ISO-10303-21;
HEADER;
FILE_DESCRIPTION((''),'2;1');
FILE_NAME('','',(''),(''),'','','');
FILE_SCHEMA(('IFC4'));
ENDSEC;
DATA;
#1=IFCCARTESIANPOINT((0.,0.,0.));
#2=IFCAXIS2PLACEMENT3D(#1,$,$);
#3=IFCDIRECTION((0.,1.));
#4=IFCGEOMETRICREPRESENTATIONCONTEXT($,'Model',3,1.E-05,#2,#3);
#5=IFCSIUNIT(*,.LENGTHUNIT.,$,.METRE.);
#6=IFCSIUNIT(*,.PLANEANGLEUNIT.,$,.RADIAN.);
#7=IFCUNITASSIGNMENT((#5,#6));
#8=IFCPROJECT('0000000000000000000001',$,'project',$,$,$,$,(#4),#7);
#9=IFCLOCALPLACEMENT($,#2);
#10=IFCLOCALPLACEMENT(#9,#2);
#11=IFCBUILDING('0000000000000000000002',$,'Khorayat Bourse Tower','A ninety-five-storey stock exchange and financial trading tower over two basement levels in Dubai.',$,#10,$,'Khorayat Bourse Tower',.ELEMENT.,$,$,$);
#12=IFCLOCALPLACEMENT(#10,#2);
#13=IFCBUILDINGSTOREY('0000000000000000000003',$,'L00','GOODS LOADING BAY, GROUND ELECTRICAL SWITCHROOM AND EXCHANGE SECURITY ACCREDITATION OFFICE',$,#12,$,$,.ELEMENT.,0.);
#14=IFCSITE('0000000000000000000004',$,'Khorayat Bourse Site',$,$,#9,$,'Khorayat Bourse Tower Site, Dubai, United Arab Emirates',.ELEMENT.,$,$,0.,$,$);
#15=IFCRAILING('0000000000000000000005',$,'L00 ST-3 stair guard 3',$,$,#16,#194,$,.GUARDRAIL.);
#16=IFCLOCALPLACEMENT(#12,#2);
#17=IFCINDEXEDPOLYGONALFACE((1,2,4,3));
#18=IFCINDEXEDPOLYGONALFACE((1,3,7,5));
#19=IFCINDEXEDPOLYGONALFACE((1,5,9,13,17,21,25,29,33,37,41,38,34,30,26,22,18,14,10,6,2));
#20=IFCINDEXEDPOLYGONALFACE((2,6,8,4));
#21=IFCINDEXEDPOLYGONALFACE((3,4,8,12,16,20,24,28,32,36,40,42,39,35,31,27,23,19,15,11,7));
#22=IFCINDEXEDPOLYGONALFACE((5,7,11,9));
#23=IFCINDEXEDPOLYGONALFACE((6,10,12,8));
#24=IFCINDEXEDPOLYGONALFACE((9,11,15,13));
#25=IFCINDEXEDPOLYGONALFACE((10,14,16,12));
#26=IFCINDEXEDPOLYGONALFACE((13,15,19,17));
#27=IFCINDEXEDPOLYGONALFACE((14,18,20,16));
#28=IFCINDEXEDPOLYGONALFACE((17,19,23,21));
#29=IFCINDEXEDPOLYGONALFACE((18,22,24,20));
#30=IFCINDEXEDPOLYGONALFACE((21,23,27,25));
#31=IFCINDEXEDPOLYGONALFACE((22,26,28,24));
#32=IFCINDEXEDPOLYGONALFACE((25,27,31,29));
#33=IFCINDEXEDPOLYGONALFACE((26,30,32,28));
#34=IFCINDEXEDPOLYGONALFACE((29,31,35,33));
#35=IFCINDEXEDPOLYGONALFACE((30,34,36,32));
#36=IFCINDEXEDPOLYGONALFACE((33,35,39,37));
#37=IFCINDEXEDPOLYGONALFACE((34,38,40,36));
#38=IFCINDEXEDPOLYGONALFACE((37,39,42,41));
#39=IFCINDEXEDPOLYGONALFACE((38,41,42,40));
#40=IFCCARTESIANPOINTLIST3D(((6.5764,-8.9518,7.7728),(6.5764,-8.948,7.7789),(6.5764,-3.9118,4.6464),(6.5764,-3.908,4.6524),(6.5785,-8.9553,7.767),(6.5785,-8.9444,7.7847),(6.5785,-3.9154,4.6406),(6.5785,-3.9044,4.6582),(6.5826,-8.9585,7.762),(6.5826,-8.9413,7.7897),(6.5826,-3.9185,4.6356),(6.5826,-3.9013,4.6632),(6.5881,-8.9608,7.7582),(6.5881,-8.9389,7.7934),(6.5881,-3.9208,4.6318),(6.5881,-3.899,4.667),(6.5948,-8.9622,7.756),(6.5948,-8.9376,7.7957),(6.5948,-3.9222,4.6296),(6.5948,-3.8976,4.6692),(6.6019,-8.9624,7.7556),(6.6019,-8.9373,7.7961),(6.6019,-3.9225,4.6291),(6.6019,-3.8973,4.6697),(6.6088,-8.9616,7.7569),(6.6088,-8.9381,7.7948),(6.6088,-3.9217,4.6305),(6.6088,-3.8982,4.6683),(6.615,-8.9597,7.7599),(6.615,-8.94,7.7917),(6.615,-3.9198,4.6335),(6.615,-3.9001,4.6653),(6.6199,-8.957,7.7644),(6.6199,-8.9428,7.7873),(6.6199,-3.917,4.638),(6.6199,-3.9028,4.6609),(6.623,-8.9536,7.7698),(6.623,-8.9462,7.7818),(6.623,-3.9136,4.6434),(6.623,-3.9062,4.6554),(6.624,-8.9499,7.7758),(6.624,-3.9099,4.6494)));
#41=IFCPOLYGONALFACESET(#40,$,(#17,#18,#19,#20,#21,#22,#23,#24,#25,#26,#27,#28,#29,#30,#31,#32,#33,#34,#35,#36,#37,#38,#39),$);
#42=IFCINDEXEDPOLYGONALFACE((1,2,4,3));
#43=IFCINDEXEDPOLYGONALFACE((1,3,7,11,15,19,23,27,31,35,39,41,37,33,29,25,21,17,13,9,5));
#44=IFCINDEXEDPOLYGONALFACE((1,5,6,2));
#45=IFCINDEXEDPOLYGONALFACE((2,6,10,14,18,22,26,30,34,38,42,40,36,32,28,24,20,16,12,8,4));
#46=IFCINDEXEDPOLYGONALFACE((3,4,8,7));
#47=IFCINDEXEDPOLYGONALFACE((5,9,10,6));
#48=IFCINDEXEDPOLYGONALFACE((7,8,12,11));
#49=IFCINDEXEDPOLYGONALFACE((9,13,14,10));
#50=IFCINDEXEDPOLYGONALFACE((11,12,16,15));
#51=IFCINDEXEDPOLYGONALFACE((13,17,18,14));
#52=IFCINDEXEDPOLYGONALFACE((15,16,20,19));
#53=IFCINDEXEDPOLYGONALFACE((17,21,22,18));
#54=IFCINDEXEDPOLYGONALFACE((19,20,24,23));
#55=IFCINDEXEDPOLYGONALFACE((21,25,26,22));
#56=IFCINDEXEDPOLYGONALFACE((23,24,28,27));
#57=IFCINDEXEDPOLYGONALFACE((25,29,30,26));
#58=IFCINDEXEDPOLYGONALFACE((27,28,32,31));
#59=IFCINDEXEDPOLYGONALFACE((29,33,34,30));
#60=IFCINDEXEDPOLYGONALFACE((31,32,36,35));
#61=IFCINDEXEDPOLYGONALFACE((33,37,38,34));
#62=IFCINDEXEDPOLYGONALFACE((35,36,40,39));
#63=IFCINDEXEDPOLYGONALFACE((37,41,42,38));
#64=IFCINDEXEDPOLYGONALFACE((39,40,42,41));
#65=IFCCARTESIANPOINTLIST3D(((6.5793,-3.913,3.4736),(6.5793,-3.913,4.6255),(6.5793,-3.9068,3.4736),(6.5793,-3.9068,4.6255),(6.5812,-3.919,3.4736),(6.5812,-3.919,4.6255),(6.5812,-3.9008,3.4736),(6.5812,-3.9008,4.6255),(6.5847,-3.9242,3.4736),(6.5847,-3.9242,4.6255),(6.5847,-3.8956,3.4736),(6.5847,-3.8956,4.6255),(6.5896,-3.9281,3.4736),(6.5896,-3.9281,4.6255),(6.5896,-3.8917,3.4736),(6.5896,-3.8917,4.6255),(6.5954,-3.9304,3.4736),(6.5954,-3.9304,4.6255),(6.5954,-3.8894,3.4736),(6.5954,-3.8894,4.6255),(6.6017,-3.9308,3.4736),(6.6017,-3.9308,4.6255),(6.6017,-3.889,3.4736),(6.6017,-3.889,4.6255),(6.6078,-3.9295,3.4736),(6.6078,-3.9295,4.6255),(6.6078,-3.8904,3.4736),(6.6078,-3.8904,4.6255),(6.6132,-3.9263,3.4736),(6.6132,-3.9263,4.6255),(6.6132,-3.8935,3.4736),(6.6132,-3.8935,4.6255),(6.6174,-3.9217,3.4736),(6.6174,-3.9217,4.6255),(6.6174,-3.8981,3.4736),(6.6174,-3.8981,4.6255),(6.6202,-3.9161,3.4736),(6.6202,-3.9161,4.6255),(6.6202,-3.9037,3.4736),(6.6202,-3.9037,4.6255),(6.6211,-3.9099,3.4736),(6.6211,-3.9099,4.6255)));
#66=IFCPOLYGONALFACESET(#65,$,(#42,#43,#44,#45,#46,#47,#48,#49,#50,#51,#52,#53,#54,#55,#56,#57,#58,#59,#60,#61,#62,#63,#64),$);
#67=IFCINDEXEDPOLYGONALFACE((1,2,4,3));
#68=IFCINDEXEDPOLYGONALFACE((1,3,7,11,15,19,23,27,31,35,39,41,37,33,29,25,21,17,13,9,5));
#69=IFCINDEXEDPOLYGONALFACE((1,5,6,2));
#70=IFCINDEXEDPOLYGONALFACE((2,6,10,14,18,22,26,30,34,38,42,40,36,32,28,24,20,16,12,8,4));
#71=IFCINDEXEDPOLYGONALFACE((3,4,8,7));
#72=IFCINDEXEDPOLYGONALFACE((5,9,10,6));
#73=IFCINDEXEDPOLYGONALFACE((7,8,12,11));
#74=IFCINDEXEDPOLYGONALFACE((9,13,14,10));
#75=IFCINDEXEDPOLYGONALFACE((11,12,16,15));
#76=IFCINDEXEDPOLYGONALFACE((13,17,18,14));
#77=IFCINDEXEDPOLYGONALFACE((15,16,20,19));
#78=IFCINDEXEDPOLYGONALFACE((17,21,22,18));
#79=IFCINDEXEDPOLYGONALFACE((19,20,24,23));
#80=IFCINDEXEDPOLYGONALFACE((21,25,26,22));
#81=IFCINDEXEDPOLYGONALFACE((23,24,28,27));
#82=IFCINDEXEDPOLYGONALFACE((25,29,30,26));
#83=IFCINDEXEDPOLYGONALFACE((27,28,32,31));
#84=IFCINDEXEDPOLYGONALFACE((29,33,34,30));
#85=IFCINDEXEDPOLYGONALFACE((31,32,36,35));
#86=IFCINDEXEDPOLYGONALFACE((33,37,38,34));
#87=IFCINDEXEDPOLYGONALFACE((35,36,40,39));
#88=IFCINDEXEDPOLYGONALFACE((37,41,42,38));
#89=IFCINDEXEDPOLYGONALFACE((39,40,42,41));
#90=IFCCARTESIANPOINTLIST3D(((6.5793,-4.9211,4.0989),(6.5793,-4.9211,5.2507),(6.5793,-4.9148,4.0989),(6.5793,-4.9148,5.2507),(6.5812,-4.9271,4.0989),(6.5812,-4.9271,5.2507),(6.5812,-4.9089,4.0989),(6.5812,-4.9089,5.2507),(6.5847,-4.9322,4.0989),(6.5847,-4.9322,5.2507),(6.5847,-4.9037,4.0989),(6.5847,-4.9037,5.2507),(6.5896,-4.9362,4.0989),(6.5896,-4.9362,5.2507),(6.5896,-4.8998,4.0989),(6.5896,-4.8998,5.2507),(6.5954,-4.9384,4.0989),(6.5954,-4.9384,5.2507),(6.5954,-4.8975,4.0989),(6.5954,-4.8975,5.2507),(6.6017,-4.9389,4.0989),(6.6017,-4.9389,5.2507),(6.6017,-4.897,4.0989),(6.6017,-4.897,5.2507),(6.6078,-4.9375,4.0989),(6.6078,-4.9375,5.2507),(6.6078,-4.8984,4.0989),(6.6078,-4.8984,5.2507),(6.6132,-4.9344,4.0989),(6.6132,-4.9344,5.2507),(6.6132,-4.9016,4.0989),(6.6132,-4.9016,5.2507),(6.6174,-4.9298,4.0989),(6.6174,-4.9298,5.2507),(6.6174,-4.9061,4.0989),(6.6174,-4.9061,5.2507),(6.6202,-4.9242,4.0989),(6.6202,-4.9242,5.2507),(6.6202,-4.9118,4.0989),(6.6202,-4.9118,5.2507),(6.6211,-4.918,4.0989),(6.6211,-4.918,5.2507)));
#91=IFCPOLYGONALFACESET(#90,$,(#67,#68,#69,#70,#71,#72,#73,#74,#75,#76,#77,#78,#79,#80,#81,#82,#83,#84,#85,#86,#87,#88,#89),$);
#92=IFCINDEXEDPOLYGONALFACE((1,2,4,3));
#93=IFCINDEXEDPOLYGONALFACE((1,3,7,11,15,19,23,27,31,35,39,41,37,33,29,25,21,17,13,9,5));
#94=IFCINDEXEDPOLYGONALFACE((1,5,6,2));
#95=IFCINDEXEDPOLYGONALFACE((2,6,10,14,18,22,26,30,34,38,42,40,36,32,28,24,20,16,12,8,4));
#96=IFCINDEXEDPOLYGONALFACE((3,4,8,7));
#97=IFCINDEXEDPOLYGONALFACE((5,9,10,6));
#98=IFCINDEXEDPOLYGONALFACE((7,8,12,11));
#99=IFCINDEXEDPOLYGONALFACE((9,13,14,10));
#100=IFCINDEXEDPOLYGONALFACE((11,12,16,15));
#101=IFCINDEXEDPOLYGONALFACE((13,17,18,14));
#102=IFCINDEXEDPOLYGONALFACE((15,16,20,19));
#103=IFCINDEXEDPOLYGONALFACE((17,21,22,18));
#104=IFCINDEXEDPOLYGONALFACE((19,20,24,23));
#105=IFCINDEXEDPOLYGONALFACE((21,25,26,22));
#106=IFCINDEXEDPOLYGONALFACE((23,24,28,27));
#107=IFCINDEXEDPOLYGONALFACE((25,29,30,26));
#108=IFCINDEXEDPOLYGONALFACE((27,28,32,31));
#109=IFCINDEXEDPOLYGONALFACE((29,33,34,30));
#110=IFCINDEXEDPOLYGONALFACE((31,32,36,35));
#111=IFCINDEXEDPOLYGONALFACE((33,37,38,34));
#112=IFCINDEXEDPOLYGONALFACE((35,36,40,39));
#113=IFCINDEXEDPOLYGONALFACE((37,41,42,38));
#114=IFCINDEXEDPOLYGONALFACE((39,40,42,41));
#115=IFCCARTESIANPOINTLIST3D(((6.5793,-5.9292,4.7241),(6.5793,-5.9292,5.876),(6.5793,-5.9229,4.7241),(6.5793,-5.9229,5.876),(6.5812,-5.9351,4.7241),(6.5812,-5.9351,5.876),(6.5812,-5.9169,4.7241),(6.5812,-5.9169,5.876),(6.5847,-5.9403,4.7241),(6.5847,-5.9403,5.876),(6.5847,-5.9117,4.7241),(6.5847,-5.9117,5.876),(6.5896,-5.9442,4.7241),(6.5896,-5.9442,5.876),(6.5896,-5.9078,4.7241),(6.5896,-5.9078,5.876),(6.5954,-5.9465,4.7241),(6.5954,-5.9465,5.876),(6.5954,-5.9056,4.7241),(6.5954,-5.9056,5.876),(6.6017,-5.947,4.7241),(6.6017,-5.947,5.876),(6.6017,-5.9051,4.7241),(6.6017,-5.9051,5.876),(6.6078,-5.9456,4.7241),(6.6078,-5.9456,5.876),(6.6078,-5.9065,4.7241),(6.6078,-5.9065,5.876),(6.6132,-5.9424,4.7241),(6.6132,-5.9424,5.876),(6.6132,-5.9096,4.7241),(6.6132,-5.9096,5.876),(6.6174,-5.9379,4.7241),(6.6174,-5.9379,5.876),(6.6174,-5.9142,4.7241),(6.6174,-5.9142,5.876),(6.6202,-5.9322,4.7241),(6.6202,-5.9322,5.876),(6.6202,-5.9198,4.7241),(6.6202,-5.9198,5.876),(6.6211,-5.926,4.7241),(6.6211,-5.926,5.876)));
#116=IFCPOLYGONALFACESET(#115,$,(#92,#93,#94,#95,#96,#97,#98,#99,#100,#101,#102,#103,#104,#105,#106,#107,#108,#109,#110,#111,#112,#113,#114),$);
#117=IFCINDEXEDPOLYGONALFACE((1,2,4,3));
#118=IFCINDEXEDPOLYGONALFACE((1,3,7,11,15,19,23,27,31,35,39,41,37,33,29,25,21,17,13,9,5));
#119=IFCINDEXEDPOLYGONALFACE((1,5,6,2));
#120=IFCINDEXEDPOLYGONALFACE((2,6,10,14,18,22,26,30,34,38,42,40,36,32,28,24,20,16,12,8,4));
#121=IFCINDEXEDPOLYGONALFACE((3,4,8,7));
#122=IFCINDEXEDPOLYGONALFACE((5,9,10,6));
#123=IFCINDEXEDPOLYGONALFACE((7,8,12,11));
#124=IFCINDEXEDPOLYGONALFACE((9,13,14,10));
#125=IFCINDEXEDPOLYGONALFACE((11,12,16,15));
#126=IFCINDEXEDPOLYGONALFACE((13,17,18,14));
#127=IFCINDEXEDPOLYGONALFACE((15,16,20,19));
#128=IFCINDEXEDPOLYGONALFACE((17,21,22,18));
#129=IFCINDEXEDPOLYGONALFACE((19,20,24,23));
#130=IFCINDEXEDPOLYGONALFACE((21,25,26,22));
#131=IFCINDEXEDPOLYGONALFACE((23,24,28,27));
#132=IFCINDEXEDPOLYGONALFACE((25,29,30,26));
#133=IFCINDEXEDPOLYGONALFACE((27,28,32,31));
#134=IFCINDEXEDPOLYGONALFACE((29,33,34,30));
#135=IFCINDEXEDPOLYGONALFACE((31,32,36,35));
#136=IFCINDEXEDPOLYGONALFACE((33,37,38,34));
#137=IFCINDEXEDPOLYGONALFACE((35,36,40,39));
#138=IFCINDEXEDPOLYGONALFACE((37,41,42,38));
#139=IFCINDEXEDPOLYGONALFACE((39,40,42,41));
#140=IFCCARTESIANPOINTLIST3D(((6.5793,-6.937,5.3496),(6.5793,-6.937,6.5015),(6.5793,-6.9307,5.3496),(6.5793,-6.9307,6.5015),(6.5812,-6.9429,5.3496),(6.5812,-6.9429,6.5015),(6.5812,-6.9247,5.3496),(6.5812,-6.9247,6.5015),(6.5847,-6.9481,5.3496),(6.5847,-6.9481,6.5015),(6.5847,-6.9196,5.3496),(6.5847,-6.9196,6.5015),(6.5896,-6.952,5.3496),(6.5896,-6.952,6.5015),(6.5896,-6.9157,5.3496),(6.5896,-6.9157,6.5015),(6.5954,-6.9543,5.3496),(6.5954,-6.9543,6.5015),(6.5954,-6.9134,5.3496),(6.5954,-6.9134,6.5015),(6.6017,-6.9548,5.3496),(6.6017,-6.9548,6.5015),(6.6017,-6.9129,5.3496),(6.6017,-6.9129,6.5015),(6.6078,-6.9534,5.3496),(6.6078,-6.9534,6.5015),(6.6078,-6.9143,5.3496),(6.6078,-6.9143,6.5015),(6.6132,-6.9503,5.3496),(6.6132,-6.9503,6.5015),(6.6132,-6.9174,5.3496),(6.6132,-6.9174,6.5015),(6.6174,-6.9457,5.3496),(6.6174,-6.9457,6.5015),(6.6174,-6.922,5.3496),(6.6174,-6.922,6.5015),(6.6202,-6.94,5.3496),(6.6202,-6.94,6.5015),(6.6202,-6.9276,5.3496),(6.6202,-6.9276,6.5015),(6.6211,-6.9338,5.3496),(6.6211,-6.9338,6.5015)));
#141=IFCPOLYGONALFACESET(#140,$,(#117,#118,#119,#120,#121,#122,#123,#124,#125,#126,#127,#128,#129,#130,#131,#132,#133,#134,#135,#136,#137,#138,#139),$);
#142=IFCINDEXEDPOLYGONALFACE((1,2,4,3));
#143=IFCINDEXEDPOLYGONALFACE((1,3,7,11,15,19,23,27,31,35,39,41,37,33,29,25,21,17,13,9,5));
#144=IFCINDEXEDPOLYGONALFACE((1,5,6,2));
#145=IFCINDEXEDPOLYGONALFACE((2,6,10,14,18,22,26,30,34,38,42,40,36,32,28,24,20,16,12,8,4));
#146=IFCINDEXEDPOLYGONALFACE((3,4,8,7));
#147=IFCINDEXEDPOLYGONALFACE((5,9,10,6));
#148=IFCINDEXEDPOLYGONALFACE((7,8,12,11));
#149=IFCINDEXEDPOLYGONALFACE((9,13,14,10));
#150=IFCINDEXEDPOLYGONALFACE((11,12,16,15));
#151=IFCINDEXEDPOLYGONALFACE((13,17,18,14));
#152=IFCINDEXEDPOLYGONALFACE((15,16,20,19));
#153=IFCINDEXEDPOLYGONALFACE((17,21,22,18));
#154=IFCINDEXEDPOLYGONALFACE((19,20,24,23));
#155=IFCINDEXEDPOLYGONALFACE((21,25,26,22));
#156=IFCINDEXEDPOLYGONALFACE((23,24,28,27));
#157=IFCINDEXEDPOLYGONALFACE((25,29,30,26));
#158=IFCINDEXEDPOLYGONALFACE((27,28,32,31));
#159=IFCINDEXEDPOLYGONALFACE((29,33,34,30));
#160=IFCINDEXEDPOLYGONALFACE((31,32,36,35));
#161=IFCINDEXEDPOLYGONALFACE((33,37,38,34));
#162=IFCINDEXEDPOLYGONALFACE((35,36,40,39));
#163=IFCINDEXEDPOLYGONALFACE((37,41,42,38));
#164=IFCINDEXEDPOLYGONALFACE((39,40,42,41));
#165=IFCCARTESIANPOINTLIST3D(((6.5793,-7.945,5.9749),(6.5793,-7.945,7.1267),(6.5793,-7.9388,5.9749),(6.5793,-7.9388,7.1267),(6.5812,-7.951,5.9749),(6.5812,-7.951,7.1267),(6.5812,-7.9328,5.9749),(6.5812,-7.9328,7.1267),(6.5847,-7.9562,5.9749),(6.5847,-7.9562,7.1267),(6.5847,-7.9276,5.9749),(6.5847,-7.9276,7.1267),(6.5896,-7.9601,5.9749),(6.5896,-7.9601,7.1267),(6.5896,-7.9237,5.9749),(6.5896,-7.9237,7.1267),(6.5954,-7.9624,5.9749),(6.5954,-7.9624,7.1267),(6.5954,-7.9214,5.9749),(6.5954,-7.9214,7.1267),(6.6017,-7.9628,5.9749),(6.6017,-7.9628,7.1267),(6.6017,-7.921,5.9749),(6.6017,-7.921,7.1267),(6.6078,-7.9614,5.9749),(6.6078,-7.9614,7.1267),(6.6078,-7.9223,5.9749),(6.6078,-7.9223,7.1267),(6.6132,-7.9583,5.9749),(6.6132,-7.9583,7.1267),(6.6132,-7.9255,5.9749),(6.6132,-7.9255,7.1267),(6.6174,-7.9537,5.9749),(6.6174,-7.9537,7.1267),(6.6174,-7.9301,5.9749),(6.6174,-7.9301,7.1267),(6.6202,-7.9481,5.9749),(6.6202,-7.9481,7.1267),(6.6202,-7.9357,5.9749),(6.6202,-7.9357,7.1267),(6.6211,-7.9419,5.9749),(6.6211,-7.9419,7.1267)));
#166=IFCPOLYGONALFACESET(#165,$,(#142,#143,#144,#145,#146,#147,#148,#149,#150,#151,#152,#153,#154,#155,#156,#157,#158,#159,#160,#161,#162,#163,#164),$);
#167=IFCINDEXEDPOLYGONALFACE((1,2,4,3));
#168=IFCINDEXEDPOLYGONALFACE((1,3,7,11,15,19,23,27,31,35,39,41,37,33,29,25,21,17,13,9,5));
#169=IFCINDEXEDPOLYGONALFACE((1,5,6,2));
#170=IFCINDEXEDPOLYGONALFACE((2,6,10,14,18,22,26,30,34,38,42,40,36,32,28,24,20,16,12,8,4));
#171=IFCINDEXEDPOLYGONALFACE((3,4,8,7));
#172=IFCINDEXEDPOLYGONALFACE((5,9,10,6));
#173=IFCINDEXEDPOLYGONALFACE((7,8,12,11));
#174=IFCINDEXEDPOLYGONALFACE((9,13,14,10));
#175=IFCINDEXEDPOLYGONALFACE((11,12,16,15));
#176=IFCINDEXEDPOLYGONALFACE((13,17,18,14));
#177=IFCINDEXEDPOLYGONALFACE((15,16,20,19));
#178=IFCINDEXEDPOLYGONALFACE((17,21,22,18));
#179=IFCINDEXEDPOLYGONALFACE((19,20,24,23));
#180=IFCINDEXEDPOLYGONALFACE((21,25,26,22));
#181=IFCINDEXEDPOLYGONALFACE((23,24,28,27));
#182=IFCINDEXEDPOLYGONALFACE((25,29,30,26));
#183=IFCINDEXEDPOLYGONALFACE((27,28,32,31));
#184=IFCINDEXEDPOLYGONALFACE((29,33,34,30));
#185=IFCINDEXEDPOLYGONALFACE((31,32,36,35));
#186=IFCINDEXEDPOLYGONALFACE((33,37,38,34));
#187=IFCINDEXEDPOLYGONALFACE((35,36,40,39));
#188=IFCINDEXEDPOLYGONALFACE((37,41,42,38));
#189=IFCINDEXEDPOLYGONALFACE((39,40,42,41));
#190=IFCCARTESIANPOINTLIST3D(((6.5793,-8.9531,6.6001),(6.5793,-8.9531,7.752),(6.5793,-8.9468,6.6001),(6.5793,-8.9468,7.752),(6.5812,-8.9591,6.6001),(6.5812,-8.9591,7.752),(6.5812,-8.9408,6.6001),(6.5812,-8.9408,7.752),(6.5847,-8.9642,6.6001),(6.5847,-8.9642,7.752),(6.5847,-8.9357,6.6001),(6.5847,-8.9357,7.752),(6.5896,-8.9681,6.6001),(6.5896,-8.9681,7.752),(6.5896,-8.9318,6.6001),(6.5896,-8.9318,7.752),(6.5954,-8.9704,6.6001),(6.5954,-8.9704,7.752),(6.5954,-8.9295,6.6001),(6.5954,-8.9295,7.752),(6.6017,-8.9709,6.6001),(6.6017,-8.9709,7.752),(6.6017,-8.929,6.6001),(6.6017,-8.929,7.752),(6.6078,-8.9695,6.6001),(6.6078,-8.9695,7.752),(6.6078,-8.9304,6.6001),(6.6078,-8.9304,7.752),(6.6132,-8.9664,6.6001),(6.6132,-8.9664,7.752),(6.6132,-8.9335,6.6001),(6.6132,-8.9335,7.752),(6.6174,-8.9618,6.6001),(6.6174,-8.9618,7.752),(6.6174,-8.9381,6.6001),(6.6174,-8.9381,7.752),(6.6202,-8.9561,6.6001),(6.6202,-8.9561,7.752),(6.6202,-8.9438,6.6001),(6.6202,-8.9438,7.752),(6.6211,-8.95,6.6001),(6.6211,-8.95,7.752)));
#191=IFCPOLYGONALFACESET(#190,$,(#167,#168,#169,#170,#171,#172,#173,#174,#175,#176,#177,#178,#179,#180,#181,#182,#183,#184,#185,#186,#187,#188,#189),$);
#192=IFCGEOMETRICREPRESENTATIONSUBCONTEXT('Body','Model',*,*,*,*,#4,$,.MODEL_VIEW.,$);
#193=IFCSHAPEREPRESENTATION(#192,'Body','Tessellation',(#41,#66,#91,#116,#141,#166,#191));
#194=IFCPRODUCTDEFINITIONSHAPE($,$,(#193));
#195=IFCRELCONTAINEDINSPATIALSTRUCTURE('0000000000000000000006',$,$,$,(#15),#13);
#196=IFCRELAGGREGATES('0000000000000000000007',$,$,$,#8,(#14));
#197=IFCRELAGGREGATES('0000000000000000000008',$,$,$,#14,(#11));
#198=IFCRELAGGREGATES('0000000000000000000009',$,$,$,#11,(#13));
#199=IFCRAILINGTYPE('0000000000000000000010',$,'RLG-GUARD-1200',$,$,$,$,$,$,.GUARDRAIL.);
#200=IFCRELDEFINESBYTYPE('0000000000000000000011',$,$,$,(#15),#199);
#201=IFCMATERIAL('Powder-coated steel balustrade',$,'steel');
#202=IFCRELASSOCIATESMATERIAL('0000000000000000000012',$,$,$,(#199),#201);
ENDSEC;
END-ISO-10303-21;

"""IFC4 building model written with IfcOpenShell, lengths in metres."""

from ifc_helpers import new_model, si_unit, direction, frame, origin, origin_2d, place, context, subcontext, project, spatial, circle, extrude, source, transform, mapped, material, type_object, element, save


model = new_model("IFC4")

# Units and contexts
model_context = context("Model", 3, precision=1e-05, world=origin(), true_north=direction((0.0, 1.0)))
body_context = subcontext(model_context, "Body", "Model", "MODEL_VIEW")
ifc_project = project(units=[si_unit("LENGTHUNIT", "METRE"), si_unit("PLANEANGLEUNIT", "RADIAN")], contexts=[model_context])

# Site, building, storey
site_placement = place(None, origin())
site = spatial("IfcSite", under=ifc_project, at=site_placement, Name="Khorayat Bourse Site", LongName="Khorayat Bourse Tower Site, Dubai, United Arab Emirates", CompositionType="ELEMENT", RefElevation=0.0)
building_placement = place(site_placement, origin())
building = spatial("IfcBuilding", under=site, at=building_placement, Name="Khorayat Bourse Tower", Description="A ninety-five-storey stock exchange and financial trading tower over two basement levels in Dubai.", LongName="Khorayat Bourse Tower", CompositionType="ELEMENT")
storey_placement = place(building_placement, origin())
storey = spatial("IfcBuildingStorey", under=building, at=storey_placement, Name="L00", Description="GOODS LOADING BAY, GROUND ELECTRICAL SWITCHROOM AND EXCHANGE SECURITY ACCREDITATION OFFICE", CompositionType="ELEMENT", Elevation=0.0)

# Railing
ifc_material_1 = material(Name="Powder-coated steel balustrade", Category="steel")
railing_type_1 = type_object("IfcRailingType", Name="RLG-GUARD-1200", PredefinedType="GUARDRAIL", material=ifc_material_1)
shared_shape_1 = source(origin(), body_context, "Body", "SweptSolid", [
    extrude(circle(Radius=0.0239, at=origin_2d()), frame((0.0, 0.0, 1.1758), z_axis=(0.0, -0.849779, 0.527139), x_axis=(1.0, 0.0, 0.0)), (0.0, 0.0, 1.0), 5.9309),
    extrude(circle(Radius=0.021, at=origin_2d()), origin(), (0.0, 0.0, 1.0), 1.1519),
    extrude(circle(Radius=0.021, at=origin_2d()), frame((0.0, -1.0081, 0.6252)), (0.0, 0.0, 1.0), 1.1519),
    extrude(circle(Radius=0.021, at=origin_2d()), frame((0.0, -2.0161, 1.2505)), (0.0, 0.0, 1.0), 1.1519),
    extrude(circle(Radius=0.021, at=origin_2d()), frame((0.0, -3.0239, 1.876)), (0.0, 0.0, 1.0), 1.1519),
    extrude(circle(Radius=0.021, at=origin_2d()), frame((0.0, -4.032, 2.5012)), (0.0, 0.0, 1.0), 1.1519),
    extrude(circle(Radius=0.021, at=origin_2d()), frame((0.0, -5.04, 3.1265)), (0.0, 0.0, 1.0), 1.1519),
])
railing_1_placement = place(storey_placement, frame((6.6001, -3.9099, 3.4736)))
element("IfcRailing", 1, at=railing_1_placement, inside=storey, type_object=railing_type_1, Name="L00 ST-3 stair guard 3", PredefinedType="GUARDRAIL", context=body_context, shape_type="MappedRepresentation", body=[
    mapped(shared_shape_1, transform((0.0, 0.0, 0.0), scale=1.0)),
])

save(model, "model.ifc")
